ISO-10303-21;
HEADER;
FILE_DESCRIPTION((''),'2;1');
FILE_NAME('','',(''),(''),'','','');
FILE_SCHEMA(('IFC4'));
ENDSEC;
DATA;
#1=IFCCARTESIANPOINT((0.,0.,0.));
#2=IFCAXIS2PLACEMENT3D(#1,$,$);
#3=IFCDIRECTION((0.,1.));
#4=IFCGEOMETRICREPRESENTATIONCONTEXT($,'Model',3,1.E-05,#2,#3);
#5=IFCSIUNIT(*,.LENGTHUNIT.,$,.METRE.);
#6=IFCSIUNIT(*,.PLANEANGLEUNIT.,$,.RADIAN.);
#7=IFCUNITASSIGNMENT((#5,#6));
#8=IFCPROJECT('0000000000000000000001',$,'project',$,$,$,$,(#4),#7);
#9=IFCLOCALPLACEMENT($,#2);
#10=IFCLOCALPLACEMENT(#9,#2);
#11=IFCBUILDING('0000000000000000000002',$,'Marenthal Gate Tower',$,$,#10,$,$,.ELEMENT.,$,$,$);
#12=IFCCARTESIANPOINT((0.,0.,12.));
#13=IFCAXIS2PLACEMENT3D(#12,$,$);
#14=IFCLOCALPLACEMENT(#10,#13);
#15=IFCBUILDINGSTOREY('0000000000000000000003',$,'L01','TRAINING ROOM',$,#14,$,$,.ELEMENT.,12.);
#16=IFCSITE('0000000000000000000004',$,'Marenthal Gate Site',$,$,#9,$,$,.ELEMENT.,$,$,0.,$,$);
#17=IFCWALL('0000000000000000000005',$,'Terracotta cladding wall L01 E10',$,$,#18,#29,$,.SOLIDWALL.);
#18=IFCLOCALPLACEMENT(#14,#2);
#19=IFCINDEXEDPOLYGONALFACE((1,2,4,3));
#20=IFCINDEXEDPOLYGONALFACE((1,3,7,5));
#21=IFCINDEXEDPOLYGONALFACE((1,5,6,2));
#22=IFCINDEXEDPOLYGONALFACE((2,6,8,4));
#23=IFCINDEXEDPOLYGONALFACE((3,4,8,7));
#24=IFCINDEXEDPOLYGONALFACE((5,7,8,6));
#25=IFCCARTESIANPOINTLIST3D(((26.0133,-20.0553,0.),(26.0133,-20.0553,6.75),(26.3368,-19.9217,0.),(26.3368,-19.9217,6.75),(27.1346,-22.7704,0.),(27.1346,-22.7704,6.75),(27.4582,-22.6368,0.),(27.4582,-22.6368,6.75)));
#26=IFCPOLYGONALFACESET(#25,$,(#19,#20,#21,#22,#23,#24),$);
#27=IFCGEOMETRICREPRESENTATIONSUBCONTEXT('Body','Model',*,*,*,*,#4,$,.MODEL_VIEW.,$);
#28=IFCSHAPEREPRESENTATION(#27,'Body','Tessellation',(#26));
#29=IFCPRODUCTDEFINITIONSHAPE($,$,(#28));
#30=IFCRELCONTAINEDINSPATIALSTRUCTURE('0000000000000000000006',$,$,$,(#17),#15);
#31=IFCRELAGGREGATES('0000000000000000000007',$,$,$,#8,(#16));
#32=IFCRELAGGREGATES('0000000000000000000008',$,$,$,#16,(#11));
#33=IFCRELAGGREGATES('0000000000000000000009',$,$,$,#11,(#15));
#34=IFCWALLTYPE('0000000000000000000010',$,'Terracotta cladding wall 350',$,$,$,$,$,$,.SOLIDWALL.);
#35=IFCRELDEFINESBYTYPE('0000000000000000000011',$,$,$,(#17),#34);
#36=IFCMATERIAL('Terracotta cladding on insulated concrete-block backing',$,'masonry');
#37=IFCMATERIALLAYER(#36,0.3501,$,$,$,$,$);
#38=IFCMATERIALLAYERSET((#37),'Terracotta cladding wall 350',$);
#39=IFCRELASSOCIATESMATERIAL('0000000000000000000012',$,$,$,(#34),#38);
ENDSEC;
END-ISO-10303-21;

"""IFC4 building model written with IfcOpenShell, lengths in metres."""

from ifc_helpers import new_model, si_unit, direction, frame, frame_2d, origin, place, context, subcontext, project, spatial, rectangle, extrude, material, layer, layer_set, type_object, element, save


model = new_model("IFC4")

# Units and contexts
model_context = context("Model", 3, precision=1e-05, world=origin(), true_north=direction((0.0, 1.0)))
body_context = subcontext(model_context, "Body", "Model", "MODEL_VIEW")
ifc_project = project(units=[si_unit("LENGTHUNIT", "METRE"), si_unit("PLANEANGLEUNIT", "RADIAN")], contexts=[model_context])

# Site, building, storey
site_placement = place(None, origin())
site = spatial("IfcSite", under=ifc_project, at=site_placement, Name="Marenthal Gate Site", CompositionType="ELEMENT", RefElevation=0.0)
building_placement = place(site_placement, origin())
building = spatial("IfcBuilding", under=site, at=building_placement, Name="Marenthal Gate Tower", CompositionType="ELEMENT")
storey_placement = place(building_placement, frame((0.0, 0.0, 12.0)))
storey = spatial("IfcBuildingStorey", under=building, at=storey_placement, Name="L01", Description="TRAINING ROOM", CompositionType="ELEMENT", Elevation=12.0)

# Wall
ifc_material_1 = material(Name="Terracotta cladding on insulated concrete-block backing", Category="masonry")
ifc_layer_1 = layer(ifc_material_1, 0.3501)
ifc_layer_set_1 = layer_set([ifc_layer_1], Name="Terracotta cladding wall 350")
wall_type_1 = type_object("IfcWallType", Name="Terracotta cladding wall 350", PredefinedType="SOLIDWALL", material=ifc_layer_set_1)
wall_1_placement = place(storey_placement, frame((26.175, -19.9885, 0.0), z_axis=(0.0, 0.0, 1.0), x_axis=(0.381728, -0.924275, 0.0)))
element("IfcWall", 1, at=wall_1_placement, inside=storey, type_object=wall_type_1, Name="Terracotta cladding wall L01 E10", PredefinedType="SOLIDWALL", context=body_context, shape_type="SweptSolid", body=[
    extrude(rectangle(XDim=2.9375, YDim=0.3501, at=frame_2d((1.4688, 0.0))), origin(), (0.0, 0.0, 1.0), 6.75),
])

save(model, "model.ifc")
